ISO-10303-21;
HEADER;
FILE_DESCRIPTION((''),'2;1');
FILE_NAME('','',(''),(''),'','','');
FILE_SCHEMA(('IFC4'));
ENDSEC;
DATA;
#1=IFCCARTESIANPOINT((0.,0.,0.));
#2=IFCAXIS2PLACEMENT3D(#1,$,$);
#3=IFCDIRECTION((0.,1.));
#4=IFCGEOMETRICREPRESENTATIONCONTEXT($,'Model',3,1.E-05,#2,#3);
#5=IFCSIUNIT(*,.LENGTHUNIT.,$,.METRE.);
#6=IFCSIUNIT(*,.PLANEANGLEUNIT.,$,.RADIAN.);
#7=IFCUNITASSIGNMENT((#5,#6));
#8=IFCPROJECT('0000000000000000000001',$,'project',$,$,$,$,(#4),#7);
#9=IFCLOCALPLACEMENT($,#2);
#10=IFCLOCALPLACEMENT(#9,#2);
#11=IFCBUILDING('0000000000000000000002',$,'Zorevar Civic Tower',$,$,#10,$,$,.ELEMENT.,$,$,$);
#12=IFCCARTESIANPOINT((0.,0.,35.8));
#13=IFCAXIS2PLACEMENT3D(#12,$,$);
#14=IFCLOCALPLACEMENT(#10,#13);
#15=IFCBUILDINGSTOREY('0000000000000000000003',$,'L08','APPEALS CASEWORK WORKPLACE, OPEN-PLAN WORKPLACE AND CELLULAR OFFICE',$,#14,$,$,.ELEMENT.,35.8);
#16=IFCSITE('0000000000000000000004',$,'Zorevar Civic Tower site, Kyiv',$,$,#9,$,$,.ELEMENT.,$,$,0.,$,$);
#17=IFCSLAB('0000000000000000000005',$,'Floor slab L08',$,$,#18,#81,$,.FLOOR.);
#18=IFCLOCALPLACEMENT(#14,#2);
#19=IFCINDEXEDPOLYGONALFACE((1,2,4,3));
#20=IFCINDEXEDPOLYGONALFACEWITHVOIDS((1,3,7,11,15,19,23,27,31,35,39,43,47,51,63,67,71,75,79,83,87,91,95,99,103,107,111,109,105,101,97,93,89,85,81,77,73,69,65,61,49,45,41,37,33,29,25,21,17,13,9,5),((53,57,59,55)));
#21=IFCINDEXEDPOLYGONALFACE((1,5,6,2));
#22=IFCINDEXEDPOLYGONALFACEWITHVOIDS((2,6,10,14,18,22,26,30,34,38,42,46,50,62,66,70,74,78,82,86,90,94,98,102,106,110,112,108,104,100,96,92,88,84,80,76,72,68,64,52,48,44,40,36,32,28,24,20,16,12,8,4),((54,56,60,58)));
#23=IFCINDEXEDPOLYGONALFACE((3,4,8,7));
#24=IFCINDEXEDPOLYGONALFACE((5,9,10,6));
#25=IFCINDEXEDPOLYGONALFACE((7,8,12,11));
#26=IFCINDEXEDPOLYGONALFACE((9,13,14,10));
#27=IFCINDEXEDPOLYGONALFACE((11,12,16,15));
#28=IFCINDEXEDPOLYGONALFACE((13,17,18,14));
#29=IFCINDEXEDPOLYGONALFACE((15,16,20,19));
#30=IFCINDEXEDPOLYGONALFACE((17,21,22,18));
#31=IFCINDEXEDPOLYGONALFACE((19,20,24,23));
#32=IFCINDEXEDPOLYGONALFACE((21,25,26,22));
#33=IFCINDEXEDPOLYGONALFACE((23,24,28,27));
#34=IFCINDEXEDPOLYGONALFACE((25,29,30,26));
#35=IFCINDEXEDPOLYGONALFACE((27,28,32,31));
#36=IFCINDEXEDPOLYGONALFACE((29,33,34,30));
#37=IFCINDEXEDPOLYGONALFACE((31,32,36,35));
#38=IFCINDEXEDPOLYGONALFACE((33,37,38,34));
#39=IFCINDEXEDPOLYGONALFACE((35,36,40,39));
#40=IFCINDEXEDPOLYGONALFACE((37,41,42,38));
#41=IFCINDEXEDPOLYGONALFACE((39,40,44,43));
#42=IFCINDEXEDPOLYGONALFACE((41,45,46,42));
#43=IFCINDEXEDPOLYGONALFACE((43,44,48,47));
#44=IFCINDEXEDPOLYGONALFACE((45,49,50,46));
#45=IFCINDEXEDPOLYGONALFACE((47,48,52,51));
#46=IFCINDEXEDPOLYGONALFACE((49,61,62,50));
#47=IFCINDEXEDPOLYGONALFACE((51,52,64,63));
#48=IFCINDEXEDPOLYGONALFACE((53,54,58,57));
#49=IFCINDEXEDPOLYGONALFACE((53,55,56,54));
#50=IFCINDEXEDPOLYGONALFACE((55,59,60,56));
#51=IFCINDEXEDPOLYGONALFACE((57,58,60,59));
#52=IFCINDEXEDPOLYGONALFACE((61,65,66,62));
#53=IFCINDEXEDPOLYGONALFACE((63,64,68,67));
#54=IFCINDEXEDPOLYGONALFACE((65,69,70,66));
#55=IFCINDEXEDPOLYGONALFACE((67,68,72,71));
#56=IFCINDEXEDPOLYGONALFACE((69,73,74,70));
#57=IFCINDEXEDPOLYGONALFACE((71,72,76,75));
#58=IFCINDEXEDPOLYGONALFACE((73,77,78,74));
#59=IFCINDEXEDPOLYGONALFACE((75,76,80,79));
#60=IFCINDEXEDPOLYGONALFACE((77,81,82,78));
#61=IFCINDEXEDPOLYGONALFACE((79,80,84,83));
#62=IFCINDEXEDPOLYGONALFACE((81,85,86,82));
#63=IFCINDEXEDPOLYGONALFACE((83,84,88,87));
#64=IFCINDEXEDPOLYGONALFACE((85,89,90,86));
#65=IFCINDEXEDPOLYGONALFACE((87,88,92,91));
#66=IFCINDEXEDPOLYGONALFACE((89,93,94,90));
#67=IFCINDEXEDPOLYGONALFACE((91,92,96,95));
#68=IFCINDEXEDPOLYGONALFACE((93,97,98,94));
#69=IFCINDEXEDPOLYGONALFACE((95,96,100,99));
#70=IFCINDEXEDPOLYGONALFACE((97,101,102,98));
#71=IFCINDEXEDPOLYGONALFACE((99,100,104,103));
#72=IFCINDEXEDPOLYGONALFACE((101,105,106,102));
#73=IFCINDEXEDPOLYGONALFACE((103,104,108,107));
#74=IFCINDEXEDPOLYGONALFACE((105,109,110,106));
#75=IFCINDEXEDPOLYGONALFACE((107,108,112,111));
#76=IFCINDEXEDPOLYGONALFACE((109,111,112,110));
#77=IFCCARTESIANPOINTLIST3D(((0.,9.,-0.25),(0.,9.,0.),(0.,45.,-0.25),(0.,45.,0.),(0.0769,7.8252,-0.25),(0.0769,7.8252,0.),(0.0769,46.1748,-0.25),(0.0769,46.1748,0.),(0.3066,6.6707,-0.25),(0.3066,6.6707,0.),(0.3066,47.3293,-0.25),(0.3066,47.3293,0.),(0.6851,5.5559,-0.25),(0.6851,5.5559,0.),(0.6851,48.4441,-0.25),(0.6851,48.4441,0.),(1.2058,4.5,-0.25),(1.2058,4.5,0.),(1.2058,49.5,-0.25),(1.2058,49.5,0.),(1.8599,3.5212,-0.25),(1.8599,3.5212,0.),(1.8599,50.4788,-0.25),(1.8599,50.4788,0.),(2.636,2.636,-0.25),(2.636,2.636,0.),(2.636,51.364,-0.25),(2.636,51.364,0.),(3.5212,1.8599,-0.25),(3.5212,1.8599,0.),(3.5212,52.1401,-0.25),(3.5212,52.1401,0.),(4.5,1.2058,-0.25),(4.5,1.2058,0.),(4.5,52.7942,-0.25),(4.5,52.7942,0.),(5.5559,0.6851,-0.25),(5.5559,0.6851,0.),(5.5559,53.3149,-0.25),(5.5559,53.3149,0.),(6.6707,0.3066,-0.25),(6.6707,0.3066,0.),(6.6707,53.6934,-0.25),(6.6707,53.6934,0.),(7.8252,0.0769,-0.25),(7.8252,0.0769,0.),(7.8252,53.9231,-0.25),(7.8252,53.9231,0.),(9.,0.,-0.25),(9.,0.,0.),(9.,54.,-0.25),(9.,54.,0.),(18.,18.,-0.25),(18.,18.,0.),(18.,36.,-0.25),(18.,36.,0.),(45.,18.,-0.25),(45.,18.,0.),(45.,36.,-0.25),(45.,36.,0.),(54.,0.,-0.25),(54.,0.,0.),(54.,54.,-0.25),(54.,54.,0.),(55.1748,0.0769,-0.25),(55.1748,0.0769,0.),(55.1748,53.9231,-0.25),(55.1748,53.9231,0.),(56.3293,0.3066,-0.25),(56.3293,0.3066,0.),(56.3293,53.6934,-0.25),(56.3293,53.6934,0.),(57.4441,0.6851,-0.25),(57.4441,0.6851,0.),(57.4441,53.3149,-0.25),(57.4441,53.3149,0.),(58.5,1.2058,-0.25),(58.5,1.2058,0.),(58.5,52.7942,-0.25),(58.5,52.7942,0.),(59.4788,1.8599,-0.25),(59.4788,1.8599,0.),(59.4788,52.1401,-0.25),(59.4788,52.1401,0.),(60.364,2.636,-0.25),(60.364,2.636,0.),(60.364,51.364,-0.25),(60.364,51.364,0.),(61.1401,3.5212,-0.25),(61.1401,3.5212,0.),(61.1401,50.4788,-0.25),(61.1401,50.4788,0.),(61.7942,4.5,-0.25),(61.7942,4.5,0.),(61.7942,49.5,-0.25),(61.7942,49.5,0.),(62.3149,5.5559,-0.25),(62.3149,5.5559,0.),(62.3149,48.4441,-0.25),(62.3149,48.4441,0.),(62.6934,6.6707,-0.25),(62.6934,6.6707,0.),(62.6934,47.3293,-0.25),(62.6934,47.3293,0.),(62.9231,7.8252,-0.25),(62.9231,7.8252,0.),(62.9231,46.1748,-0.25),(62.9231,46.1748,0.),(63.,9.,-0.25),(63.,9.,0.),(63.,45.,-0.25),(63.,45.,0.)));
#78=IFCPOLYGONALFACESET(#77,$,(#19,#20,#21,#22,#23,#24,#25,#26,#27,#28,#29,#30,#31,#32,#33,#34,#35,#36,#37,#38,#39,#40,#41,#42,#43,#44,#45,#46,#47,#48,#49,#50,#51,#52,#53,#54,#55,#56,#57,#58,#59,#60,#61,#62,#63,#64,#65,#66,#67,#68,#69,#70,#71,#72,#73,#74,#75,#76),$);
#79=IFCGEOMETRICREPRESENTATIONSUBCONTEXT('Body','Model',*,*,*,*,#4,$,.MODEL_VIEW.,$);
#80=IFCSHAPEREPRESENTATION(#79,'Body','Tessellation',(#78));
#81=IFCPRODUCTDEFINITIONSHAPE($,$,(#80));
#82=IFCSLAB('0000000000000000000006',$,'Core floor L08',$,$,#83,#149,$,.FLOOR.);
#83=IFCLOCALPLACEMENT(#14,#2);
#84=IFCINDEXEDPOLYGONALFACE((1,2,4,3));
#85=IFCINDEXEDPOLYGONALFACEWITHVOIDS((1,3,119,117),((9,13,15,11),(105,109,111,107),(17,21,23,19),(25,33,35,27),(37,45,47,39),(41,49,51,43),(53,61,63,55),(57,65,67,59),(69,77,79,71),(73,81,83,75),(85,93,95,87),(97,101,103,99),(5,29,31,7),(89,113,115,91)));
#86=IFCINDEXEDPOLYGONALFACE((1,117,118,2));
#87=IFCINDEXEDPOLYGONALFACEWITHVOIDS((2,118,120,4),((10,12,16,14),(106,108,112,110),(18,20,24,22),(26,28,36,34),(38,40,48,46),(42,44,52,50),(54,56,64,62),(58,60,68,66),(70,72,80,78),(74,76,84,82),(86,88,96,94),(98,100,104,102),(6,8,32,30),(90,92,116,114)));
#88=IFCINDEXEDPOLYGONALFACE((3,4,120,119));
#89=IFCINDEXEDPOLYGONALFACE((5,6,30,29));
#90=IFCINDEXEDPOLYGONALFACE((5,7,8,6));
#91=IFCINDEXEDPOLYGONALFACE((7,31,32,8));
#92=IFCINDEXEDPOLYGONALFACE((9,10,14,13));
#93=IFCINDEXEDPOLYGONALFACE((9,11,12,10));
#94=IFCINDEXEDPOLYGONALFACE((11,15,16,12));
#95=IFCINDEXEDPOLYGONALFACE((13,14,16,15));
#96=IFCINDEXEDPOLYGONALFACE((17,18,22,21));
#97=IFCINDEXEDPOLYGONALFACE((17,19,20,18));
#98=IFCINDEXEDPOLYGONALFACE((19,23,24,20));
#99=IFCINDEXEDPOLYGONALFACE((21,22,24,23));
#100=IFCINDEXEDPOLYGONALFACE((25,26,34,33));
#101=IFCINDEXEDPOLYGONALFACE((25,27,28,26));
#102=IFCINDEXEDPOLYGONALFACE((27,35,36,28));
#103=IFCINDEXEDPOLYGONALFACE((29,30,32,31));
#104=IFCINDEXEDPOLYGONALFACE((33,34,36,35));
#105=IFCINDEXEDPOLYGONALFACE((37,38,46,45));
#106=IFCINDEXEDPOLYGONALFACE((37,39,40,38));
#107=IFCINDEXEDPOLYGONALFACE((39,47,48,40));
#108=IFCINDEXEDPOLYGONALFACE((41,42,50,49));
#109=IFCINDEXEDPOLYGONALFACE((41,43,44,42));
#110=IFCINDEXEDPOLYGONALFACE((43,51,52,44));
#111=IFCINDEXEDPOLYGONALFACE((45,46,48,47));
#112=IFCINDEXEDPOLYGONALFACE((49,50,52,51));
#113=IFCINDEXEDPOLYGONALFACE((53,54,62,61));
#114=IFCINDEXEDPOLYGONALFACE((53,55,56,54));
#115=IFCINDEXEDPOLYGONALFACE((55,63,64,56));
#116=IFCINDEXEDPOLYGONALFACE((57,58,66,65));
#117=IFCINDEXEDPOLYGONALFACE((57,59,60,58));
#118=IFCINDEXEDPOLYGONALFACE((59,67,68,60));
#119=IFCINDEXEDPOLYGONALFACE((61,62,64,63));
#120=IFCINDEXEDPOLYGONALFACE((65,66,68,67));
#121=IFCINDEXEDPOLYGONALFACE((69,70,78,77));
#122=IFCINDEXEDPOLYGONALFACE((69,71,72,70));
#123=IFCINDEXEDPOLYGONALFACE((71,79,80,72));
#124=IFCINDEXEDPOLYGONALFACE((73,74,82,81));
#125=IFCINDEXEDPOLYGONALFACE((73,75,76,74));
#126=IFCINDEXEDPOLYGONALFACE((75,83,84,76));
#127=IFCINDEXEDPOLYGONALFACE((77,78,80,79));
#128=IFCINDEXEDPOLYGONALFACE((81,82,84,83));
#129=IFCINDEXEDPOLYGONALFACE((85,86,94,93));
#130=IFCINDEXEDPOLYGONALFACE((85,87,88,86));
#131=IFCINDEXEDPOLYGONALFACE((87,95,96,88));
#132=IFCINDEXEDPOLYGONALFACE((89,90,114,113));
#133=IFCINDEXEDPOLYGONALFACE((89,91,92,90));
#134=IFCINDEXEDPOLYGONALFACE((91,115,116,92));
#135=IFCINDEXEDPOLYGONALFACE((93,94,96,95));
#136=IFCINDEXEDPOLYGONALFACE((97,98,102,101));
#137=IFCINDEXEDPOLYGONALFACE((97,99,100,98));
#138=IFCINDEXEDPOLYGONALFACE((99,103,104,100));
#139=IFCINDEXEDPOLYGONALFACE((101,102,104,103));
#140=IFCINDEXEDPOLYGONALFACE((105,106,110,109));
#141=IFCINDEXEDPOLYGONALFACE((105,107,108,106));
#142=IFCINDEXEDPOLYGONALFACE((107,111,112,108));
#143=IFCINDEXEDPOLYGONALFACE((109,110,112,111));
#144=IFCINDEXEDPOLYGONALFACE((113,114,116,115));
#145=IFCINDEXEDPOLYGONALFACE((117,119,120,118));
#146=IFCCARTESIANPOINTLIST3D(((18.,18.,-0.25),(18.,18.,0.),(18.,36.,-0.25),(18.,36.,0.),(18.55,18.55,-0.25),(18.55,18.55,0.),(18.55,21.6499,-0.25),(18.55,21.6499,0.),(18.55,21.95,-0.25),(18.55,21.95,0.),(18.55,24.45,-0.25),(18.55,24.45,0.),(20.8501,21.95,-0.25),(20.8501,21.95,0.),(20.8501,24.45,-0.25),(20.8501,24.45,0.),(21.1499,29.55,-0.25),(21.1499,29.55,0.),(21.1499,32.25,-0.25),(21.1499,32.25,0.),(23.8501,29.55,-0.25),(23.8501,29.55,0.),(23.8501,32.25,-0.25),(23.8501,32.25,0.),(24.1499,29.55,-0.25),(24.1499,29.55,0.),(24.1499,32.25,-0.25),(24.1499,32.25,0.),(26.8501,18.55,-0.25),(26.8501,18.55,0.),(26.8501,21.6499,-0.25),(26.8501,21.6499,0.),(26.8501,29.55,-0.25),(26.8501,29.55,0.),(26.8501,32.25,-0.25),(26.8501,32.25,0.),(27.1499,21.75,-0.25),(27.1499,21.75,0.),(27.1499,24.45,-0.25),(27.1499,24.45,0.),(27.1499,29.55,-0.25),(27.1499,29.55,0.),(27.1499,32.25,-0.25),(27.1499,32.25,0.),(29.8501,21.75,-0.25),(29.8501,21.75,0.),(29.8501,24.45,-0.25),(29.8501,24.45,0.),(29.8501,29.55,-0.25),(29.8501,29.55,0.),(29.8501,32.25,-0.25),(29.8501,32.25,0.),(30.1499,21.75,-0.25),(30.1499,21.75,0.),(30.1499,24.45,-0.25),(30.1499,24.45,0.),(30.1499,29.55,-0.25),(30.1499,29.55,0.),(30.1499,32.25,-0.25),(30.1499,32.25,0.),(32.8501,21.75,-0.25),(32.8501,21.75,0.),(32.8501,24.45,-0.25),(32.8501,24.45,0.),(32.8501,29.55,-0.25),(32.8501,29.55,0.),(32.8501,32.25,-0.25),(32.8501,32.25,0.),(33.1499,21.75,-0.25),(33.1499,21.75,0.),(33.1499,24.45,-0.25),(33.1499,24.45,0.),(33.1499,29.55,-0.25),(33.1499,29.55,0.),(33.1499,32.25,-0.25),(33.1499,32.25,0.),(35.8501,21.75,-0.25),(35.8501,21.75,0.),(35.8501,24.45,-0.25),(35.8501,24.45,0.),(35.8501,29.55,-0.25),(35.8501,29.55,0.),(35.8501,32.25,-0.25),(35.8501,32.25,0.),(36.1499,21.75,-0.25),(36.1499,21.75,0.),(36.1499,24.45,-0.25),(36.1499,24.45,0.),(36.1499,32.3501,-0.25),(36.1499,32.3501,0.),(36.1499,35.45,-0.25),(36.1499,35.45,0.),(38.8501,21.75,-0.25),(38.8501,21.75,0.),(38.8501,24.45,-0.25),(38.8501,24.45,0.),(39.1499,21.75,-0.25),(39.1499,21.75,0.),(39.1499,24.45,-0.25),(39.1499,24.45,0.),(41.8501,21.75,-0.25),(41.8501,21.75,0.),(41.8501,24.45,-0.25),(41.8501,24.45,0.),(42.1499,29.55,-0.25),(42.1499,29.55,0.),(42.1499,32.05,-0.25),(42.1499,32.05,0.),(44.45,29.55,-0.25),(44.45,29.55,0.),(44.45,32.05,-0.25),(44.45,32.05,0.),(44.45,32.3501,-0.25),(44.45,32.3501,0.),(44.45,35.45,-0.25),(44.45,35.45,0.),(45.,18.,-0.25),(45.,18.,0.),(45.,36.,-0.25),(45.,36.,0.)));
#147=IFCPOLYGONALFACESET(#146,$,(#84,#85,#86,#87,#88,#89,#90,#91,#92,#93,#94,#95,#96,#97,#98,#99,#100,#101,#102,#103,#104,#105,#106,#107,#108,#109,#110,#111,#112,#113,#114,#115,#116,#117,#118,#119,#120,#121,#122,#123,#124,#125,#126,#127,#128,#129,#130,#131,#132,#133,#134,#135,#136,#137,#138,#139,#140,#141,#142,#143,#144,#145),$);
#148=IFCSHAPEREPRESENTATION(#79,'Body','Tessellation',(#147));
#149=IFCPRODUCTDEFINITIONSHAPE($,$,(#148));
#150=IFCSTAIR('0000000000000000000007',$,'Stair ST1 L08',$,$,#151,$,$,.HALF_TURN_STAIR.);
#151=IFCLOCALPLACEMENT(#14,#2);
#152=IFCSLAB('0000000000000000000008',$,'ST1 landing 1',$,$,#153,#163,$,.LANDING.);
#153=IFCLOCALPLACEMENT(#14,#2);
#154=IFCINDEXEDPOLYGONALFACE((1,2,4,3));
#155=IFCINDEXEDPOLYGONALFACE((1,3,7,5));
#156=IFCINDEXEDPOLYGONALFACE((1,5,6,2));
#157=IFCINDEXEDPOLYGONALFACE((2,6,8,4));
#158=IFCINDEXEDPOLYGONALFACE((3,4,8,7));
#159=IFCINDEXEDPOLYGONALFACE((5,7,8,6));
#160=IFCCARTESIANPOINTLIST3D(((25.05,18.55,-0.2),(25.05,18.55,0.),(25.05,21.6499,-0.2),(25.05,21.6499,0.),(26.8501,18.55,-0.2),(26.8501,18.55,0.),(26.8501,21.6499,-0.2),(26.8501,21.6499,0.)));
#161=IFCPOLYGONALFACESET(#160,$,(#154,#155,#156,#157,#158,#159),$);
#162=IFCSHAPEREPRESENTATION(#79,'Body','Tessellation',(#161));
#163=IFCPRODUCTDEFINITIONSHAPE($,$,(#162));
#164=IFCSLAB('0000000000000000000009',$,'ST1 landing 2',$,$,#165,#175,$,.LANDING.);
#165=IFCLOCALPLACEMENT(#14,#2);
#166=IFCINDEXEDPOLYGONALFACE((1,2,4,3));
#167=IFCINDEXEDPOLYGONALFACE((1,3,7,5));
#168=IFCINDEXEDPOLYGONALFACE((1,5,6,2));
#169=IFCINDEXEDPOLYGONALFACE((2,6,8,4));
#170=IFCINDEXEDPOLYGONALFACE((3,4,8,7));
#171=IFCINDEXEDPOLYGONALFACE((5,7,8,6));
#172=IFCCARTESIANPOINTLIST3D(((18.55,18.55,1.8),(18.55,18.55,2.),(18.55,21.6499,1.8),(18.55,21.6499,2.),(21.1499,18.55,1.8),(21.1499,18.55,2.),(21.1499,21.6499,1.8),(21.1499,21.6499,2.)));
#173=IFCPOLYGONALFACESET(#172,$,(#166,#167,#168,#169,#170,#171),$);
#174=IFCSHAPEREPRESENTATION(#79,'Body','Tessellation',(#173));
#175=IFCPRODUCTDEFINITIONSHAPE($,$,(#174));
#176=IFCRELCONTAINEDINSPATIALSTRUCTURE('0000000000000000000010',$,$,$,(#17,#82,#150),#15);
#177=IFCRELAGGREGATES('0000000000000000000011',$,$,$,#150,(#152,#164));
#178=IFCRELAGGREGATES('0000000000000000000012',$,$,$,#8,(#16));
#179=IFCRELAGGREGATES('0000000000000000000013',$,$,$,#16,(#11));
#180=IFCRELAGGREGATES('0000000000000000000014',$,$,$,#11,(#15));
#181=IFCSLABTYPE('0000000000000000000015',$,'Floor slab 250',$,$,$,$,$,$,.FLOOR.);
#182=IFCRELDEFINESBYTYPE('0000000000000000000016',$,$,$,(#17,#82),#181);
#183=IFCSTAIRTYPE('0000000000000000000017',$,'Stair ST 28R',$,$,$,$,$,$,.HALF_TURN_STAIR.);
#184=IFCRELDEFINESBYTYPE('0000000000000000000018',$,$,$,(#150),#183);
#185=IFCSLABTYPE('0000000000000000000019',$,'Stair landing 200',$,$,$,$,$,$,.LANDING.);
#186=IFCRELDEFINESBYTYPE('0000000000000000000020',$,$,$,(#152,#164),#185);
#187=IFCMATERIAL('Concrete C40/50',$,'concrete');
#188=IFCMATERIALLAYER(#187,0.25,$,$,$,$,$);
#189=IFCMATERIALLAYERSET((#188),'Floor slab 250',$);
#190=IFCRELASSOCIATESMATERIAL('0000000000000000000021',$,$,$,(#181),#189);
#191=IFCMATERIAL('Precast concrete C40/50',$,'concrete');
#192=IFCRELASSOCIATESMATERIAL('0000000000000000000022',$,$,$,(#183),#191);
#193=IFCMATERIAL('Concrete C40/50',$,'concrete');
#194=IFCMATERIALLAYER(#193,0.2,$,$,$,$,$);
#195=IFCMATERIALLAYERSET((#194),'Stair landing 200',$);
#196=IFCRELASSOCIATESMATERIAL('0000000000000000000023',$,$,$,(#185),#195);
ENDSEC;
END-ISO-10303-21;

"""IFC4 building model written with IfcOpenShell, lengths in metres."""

from ifc_helpers import new_model, si_unit, direction, frame, origin, place, context, subcontext, project, spatial, polyline, outline, extrude, material, layer, layer_set, type_object, element, aggregate, save


model = new_model("IFC4")

# Units and contexts
model_context = context("Model", 3, precision=1e-05, world=origin(), true_north=direction((0.0, 1.0)))
body_context = subcontext(model_context, "Body", "Model", "MODEL_VIEW")
ifc_project = project(units=[si_unit("LENGTHUNIT", "METRE"), si_unit("PLANEANGLEUNIT", "RADIAN")], contexts=[model_context])

# Site, building, storey
site_placement = place(None, origin())
site = spatial("IfcSite", under=ifc_project, at=site_placement, Name="Zorevar Civic Tower site, Kyiv", CompositionType="ELEMENT", RefElevation=0.0)
building_placement = place(site_placement, origin())
building = spatial("IfcBuilding", under=site, at=building_placement, Name="Zorevar Civic Tower", CompositionType="ELEMENT")
storey_placement = place(building_placement, frame((0.0, 0.0, 35.8)))
storey = spatial("IfcBuildingStorey", under=building, at=storey_placement, Name="L08", Description="APPEALS CASEWORK WORKPLACE, OPEN-PLAN WORKPLACE AND CELLULAR OFFICE", CompositionType="ELEMENT", Elevation=35.8)

# Slabs
ifc_material_1 = material(Name="Concrete C40/50", Category="concrete")
ifc_layer_1 = layer(ifc_material_1, 0.25)
ifc_layer_set_1 = layer_set([ifc_layer_1], Name="Floor slab 250")
slab_type_1 = type_object("IfcSlabType", Name="Floor slab 250", PredefinedType="FLOOR", material=ifc_layer_set_1)
slab_1_placement = place(storey_placement, frame((0.0, 0.0, -0.25)))
element("IfcSlab", 1, at=slab_1_placement, inside=storey, type_object=slab_type_1, Name="Floor slab L08", PredefinedType="FLOOR", context=body_context, shape_type="SweptSolid", body=[
    extrude(outline(polyline([(54.0, 0.0), (55.1748, 0.0769), (56.3293, 0.3066), (57.4441, 0.6851), (58.5, 1.2058), (59.4788, 1.8599), (60.364, 2.636), (61.1401, 3.5212), (61.7942, 4.5), (62.3149, 5.5559), (62.6934, 6.6707), (62.9231, 7.8252), (63.0, 9.0), (63.0, 45.0), (62.9231, 46.1748), (62.6934, 47.3293), (62.3149, 48.4441), (61.7942, 49.5), (61.1401, 50.4788), (60.364, 51.364), (59.4788, 52.1401), (58.5, 52.7942), (57.4441, 53.3149), (56.3293, 53.6934), (55.1748, 53.9231), (54.0, 54.0), (9.0, 54.0), (7.8252, 53.9231), (6.6707, 53.6934), (5.5559, 53.3149), (4.5, 52.7942), (3.5212, 52.1401), (2.636, 51.364), (1.8599, 50.4788), (1.2058, 49.5), (0.6851, 48.4441), (0.3066, 47.3293), (0.0769, 46.1748), (0.0, 45.0), (0.0, 9.0), (0.0769, 7.8252), (0.3066, 6.6707), (0.6851, 5.5559), (1.2058, 4.5), (1.8599, 3.5212), (2.636, 2.636), (3.5212, 1.8599), (4.5, 1.2058), (5.5559, 0.6851), (6.6707, 0.3066), (7.8252, 0.0769), (9.0, 0.0), (54.0, 0.0)]), holes=[polyline([(18.0, 18.0), (45.0, 18.0), (45.0, 36.0), (18.0, 36.0), (18.0, 18.0)])]), origin(), (0.0, 0.0, 1.0), 0.25),
])
slab_2_placement = place(storey_placement, frame((0.0, 0.0, -0.25)))
element("IfcSlab", 2, at=slab_2_placement, inside=storey, type_object=slab_type_1, Name="Core floor L08", PredefinedType="FLOOR", context=body_context, shape_type="SweptSolid", body=[
    extrude(outline(polyline([(18.0, 18.0), (45.0, 18.0), (45.0, 36.0), (18.0, 36.0), (18.0, 18.0)]), holes=[polyline([(18.55, 18.55), (26.8501, 18.55), (26.8501, 21.6499), (18.55, 21.6499), (18.55, 18.55)]), polyline([(36.1499, 32.3501), (44.45, 32.3501), (44.45, 35.45), (36.1499, 35.45), (36.1499, 32.3501)]), polyline([(18.55, 21.95), (20.8501, 21.95), (20.8501, 24.45), (18.55, 24.45), (18.55, 21.95)]), polyline([(42.1499, 29.55), (44.45, 29.55), (44.45, 32.05), (42.1499, 32.05), (42.1499, 29.55)]), polyline([(27.1499, 21.75), (29.8501, 21.75), (29.8501, 24.45), (27.1499, 24.45), (27.1499, 21.75)]), polyline([(33.1499, 29.55), (35.8501, 29.55), (35.8501, 32.25), (33.1499, 32.25), (33.1499, 29.55)]), polyline([(30.1499, 21.75), (32.8501, 21.75), (32.8501, 24.45), (30.1499, 24.45), (30.1499, 21.75)]), polyline([(30.1499, 29.55), (32.8501, 29.55), (32.8501, 32.25), (30.1499, 32.25), (30.1499, 29.55)]), polyline([(33.1499, 21.75), (35.8501, 21.75), (35.8501, 24.45), (33.1499, 24.45), (33.1499, 21.75)]), polyline([(27.1499, 29.55), (29.8501, 29.55), (29.8501, 32.25), (27.1499, 32.25), (27.1499, 29.55)]), polyline([(36.1499, 21.75), (38.8501, 21.75), (38.8501, 24.45), (36.1499, 24.45), (36.1499, 21.75)]), polyline([(24.1499, 29.55), (26.8501, 29.55), (26.8501, 32.25), (24.1499, 32.25), (24.1499, 29.55)]), polyline([(39.1499, 21.75), (41.8501, 21.75), (41.8501, 24.45), (39.1499, 24.45), (39.1499, 21.75)]), polyline([(21.1499, 29.55), (23.8501, 29.55), (23.8501, 32.25), (21.1499, 32.25), (21.1499, 29.55)])]), origin(), (0.0, 0.0, 1.0), 0.25),
])

# Stair, slabs
ifc_material_2 = material(Name="Precast concrete C40/50", Category="concrete")
stair_type = type_object("IfcStairType", Name="Stair ST 28R", PredefinedType="HALF_TURN_STAIR", material=ifc_material_2)
stair_1_placement = place(storey_placement, origin())
stair_1 = element("IfcStair", 3, at=stair_1_placement, inside=storey, type_object=stair_type, Name="Stair ST1 L08", PredefinedType="HALF_TURN_STAIR")
ifc_material_3 = material(Name="Concrete C40/50", Category="concrete")
ifc_layer_2 = layer(ifc_material_3, 0.2)
ifc_layer_set_2 = layer_set([ifc_layer_2], Name="Stair landing 200")
slab_type_2 = type_object("IfcSlabType", Name="Stair landing 200", PredefinedType="LANDING", material=ifc_layer_set_2)
slab_3_placement = place(storey_placement, frame((0.0, 0.0, -0.2)))
slab_3 = element("IfcSlab", 4, at=slab_3_placement, type_object=slab_type_2, Name="ST1 landing 1", PredefinedType="LANDING", context=body_context, shape_type="SweptSolid", body=[
    extrude(outline(polyline([(25.05, 18.55), (26.8501, 18.55), (26.8501, 21.6499), (25.05, 21.6499), (25.05, 18.55)])), origin(), (0.0, 0.0, 1.0), 0.2),
])
slab_4_placement = place(storey_placement, frame((0.0, 0.0, 1.8)))
slab_4 = element("IfcSlab", 5, at=slab_4_placement, type_object=slab_type_2, Name="ST1 landing 2", PredefinedType="LANDING", context=body_context, shape_type="SweptSolid", body=[
    extrude(outline(polyline([(18.55, 18.55), (21.1499, 18.55), (21.1499, 21.6499), (18.55, 21.6499), (18.55, 18.55)])), origin(), (0.0, 0.0, 1.0), 0.2),
])
aggregate(stair_1, [slab_3, slab_4])

save(model, "model.ifc")
